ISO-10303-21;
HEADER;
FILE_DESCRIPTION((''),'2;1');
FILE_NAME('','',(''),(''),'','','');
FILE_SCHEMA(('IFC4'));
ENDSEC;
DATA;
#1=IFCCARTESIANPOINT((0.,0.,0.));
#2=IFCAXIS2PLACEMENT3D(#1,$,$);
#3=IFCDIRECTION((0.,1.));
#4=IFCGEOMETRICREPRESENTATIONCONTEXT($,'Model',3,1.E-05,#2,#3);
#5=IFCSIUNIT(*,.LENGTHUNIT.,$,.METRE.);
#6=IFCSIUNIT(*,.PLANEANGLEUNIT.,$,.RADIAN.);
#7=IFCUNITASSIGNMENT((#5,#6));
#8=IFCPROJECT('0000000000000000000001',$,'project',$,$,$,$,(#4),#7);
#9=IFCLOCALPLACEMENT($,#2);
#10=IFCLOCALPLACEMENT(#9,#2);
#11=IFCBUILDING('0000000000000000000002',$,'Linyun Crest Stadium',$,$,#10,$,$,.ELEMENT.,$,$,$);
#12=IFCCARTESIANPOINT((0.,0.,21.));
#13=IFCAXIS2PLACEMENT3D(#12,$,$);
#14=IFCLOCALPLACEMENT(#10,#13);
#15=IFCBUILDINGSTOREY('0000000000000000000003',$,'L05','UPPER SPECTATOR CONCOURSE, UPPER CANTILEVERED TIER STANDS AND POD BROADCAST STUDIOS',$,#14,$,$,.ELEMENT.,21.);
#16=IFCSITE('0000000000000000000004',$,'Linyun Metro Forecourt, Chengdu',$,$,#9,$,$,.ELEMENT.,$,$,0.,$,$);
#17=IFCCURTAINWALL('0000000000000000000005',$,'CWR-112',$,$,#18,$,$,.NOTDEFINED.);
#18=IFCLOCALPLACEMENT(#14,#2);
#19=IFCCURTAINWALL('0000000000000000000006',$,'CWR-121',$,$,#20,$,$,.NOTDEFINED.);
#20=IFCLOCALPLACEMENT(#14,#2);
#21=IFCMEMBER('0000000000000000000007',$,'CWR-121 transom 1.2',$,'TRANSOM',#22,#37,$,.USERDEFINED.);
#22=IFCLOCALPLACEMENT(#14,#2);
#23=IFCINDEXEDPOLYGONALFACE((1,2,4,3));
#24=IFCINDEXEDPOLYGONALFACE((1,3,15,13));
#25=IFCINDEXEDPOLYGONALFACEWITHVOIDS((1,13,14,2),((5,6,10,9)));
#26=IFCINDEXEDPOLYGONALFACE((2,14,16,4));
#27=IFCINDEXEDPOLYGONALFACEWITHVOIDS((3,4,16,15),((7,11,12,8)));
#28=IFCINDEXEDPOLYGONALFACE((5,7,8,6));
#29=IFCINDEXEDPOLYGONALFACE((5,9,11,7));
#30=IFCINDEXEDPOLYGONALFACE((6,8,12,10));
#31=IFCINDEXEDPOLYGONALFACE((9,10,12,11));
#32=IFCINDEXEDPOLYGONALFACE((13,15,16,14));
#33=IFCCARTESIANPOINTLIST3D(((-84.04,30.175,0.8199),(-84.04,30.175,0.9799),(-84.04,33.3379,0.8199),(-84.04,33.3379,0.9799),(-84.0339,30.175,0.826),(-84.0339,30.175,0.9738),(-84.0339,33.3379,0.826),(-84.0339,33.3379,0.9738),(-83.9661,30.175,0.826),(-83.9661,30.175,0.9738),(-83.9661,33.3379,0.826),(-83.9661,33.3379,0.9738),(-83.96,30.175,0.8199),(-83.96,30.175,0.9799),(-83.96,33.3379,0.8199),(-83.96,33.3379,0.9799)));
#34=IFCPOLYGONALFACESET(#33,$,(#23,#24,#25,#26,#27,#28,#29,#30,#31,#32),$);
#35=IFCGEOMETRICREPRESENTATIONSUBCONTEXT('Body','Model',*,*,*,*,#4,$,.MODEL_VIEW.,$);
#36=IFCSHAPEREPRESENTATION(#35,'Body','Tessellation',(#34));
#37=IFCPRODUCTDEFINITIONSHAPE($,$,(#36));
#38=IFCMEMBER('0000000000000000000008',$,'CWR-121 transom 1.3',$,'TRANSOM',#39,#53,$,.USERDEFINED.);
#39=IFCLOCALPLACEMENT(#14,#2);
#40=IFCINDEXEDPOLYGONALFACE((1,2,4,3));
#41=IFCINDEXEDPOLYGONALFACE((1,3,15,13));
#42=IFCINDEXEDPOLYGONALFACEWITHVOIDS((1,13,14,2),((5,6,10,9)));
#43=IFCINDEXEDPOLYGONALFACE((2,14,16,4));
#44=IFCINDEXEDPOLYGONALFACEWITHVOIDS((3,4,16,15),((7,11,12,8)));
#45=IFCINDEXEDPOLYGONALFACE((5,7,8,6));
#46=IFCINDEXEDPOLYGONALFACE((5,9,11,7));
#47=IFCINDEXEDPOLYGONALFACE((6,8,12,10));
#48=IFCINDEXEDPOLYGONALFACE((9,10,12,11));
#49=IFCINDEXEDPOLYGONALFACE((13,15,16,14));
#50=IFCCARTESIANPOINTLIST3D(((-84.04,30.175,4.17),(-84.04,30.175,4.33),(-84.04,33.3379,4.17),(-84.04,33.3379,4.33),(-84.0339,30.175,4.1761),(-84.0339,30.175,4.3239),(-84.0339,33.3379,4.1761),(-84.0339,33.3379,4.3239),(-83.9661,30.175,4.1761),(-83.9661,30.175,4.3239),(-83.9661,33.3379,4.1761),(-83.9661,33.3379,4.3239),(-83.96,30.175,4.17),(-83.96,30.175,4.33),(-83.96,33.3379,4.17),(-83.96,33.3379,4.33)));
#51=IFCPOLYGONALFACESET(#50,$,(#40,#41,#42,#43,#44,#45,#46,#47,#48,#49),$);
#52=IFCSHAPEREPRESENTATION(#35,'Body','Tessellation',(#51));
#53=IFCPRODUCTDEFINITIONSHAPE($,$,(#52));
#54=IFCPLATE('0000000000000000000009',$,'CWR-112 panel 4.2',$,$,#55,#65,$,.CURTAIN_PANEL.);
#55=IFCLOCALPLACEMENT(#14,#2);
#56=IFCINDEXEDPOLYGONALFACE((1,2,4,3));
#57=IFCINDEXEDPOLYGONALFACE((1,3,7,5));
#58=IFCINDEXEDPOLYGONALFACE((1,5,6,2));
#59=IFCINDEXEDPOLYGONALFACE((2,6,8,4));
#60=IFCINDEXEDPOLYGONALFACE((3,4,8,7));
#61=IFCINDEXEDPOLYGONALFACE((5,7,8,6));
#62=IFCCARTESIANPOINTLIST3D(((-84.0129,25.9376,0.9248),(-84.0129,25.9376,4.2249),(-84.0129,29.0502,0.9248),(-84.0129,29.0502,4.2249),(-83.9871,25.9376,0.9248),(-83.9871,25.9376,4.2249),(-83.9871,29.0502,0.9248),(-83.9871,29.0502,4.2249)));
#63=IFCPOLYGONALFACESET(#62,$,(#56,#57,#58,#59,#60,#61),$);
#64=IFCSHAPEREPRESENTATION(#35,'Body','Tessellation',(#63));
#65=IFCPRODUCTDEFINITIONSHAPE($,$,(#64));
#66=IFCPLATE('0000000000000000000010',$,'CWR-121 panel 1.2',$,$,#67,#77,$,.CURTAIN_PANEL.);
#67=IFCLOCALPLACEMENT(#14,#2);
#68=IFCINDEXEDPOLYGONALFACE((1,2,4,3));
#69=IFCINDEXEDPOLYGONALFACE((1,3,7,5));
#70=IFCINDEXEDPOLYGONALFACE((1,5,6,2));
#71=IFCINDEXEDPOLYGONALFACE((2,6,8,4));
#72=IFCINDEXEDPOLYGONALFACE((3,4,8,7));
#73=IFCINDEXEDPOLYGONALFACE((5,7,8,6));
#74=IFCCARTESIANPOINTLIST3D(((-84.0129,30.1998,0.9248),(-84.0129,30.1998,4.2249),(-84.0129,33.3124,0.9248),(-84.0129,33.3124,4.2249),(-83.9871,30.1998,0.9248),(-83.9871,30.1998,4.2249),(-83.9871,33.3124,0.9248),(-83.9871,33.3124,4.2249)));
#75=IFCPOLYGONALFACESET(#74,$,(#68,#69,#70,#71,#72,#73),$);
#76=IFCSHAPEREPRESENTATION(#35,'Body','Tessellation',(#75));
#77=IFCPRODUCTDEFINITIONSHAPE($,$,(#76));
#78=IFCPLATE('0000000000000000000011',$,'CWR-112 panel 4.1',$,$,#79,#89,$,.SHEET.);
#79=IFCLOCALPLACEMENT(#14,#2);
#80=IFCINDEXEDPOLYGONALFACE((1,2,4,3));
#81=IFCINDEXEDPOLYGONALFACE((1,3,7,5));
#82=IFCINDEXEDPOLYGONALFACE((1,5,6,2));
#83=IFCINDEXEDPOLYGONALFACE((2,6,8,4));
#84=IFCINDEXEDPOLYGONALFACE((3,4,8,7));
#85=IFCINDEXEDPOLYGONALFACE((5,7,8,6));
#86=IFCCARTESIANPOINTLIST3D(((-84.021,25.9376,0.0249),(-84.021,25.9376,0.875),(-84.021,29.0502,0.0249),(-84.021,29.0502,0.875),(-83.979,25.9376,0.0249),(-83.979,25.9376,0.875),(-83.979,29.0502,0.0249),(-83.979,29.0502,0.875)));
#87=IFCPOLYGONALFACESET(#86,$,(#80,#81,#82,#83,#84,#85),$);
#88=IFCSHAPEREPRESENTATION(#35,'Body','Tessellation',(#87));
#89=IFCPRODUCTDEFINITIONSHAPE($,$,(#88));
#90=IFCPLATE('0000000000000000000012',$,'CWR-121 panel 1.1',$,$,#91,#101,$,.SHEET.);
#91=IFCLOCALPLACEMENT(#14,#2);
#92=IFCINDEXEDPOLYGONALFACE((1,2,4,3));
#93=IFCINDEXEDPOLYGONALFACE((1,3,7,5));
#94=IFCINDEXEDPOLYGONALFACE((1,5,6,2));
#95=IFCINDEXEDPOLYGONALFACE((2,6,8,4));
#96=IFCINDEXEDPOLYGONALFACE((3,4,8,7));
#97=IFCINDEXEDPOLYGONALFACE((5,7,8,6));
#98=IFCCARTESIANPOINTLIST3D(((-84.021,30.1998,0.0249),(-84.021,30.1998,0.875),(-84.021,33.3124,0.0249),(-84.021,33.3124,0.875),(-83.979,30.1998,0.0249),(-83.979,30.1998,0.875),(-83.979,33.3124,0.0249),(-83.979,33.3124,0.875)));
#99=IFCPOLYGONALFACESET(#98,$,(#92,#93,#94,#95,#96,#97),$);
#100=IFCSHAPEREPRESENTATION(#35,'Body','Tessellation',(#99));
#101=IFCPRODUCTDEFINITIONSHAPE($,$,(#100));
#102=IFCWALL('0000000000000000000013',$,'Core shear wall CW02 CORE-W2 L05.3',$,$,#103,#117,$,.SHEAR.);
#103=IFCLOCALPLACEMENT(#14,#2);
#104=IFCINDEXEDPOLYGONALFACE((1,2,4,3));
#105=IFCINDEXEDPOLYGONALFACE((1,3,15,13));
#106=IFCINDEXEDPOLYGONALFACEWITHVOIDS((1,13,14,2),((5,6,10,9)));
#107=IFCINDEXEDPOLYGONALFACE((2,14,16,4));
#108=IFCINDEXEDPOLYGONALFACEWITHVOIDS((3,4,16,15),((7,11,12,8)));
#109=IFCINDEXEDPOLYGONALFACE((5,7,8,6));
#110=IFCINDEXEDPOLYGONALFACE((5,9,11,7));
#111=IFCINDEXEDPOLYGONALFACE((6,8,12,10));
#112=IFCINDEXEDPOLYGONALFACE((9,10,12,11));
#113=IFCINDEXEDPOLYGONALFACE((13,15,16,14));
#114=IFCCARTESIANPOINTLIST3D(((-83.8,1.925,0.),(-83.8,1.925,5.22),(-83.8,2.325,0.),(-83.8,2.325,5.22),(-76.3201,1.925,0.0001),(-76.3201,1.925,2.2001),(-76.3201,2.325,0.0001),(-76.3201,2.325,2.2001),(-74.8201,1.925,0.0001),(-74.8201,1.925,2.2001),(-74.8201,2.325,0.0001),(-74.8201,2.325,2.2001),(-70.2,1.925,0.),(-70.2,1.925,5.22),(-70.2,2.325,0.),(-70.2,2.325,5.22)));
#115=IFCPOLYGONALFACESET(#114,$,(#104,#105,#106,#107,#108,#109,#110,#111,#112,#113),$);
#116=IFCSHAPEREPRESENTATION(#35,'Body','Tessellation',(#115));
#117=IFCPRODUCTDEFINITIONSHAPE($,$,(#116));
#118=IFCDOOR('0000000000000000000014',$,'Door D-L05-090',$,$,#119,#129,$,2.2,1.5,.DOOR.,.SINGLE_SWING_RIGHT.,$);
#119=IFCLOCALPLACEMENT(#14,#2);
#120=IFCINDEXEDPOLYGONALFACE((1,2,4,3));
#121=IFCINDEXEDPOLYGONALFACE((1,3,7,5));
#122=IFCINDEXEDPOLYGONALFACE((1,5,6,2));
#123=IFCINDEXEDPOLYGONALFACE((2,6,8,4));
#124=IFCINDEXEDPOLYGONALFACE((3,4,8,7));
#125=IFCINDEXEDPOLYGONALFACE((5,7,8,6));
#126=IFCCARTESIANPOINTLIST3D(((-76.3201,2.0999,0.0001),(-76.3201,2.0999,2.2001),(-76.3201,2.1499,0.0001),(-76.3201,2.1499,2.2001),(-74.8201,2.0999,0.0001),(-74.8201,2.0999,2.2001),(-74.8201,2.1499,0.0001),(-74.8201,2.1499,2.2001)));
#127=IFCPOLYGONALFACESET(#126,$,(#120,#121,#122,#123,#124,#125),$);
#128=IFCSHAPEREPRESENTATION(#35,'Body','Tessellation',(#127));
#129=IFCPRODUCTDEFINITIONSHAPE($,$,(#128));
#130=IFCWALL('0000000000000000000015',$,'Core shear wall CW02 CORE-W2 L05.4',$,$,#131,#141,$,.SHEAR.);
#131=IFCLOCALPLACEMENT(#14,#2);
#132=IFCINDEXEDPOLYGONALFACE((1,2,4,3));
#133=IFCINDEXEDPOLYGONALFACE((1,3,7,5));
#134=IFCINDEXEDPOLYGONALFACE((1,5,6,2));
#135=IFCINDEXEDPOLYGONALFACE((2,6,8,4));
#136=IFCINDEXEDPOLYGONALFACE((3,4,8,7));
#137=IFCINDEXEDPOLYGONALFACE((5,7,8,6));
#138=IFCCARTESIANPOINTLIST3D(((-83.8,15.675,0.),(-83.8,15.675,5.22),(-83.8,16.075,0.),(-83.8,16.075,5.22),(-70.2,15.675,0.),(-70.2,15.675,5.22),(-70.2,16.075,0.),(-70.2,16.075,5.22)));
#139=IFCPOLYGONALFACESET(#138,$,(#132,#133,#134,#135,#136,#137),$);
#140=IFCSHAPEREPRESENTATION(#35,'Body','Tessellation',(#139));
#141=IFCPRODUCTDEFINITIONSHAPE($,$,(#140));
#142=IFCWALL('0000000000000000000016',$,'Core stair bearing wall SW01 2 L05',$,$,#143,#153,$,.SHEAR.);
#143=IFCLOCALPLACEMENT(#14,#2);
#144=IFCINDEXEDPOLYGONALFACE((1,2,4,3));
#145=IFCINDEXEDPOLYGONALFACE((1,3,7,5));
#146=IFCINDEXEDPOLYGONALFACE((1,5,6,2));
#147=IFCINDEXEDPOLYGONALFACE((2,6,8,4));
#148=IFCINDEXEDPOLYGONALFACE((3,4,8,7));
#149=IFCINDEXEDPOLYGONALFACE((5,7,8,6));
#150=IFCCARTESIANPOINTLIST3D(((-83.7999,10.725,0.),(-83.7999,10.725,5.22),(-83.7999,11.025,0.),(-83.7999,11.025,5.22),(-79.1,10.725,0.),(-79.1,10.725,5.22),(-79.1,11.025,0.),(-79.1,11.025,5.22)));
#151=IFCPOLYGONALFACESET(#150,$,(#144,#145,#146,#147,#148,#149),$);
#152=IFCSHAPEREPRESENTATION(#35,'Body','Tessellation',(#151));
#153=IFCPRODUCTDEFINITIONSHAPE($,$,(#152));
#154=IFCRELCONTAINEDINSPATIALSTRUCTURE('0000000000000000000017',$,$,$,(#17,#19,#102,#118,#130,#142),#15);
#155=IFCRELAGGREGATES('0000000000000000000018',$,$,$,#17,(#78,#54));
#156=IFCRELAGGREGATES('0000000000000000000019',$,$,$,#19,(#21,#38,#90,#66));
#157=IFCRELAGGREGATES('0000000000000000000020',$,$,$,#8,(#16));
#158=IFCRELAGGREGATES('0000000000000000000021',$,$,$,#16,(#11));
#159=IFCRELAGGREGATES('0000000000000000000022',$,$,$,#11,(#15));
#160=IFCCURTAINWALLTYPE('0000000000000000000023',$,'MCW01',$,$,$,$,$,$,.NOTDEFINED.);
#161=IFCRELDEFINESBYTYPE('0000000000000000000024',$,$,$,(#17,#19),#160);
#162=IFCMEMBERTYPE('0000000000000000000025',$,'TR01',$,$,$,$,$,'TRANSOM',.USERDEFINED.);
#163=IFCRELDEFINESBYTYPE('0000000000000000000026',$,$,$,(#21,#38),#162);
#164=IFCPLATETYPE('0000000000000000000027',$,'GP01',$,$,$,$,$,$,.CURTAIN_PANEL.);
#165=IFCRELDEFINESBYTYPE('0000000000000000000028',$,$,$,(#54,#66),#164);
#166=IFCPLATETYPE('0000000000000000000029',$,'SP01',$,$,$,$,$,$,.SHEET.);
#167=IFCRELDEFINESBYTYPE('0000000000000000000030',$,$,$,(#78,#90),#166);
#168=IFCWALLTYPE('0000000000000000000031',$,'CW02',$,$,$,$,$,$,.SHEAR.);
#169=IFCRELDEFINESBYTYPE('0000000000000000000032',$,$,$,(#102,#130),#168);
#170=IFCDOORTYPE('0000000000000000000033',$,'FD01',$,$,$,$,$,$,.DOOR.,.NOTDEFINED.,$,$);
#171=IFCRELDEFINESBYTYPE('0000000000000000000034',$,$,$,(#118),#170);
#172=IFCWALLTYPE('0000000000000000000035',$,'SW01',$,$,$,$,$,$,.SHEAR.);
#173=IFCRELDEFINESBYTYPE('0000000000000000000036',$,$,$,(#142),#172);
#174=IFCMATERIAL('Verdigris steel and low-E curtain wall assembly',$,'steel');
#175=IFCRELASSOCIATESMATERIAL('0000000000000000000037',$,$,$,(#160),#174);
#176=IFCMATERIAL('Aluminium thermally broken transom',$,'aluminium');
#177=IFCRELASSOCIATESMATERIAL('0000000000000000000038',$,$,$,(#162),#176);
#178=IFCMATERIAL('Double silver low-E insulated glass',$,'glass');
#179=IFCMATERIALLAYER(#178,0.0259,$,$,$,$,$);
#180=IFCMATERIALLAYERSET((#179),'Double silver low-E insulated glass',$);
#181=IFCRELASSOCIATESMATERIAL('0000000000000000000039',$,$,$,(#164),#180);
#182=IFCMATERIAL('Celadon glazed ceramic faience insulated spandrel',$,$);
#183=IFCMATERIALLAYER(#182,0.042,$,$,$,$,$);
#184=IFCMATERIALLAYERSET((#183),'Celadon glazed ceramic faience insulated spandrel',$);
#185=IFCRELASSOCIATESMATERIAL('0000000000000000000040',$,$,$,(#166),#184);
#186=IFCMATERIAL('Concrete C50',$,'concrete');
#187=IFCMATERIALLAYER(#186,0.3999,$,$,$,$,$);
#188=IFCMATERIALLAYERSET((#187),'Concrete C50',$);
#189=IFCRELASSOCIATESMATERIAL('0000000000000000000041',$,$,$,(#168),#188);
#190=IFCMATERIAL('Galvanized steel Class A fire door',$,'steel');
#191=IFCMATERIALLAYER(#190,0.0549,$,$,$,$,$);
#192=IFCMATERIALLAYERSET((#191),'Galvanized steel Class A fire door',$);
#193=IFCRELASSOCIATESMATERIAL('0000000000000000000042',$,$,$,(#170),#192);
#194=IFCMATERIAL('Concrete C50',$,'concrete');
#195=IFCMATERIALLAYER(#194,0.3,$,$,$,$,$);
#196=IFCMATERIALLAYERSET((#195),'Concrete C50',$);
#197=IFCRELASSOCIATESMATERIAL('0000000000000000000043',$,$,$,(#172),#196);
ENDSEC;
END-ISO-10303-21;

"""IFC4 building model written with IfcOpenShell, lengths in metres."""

from ifc_helpers import new_model, si_unit, direction, frame, frame_2d, origin, origin_2d, place, context, subcontext, project, spatial, rectangle, hollow_rectangle, extrude, material, layer, layer_set, material_profile, profile_set, type_object, element, fill, aggregate, save


model = new_model("IFC4")

# Units and contexts
model_context = context("Model", 3, precision=1e-05, world=origin(), true_north=direction((0.0, 1.0)))
body_context = subcontext(model_context, "Body", "Model", "MODEL_VIEW")
ifc_project = project(units=[si_unit("LENGTHUNIT", "METRE"), si_unit("PLANEANGLEUNIT", "RADIAN")], contexts=[model_context])

# Site, building, storey
site_placement = place(None, origin())
site = spatial("IfcSite", under=ifc_project, at=site_placement, Name="Linyun Metro Forecourt, Chengdu", CompositionType="ELEMENT", RefElevation=0.0)
building_placement = place(site_placement, origin())
building = spatial("IfcBuilding", under=site, at=building_placement, Name="Linyun Crest Stadium", CompositionType="ELEMENT")
storey_placement = place(building_placement, frame((0.0, 0.0, 21.0)))
storey = spatial("IfcBuildingStorey", under=building, at=storey_placement, Name="L05", Description="UPPER SPECTATOR CONCOURSE, UPPER CANTILEVERED TIER STANDS AND POD BROADCAST STUDIOS", CompositionType="ELEMENT", Elevation=21.0)

# Curtain walls
ifc_material_1 = material(Name="Verdigris steel and low-E curtain wall assembly", Category="steel")
curtain_wall_type = type_object("IfcCurtainWallType", Name="MCW01", PredefinedType="NOTDEFINED", material=ifc_material_1)
curtain_wall_1_placement = place(storey_placement, origin())
curtain_wall_1 = element("IfcCurtainWall", 1, at=curtain_wall_1_placement, inside=storey, type_object=curtain_wall_type, Name="CWR-112", PredefinedType="NOTDEFINED")
curtain_wall_2_placement = place(storey_placement, origin())
curtain_wall_2 = element("IfcCurtainWall", 2, at=curtain_wall_2_placement, inside=storey, type_object=curtain_wall_type, Name="CWR-121", PredefinedType="NOTDEFINED")

# Members
ifc_material_2 = material(Name="Aluminium thermally broken transom", Category="aluminium")
ifc_material_profile_1 = material_profile(ifc_material_2, hollow_rectangle(XDim=0.0801, YDim=0.1599, WallThickness=0.0061, at=origin_2d()), Name="RHS 160x80x6")
ifc_profile_set_1 = profile_set([ifc_material_profile_1], Name="Aluminium thermally broken transom")
member_type_1 = type_object("IfcMemberType", Name="TR01", ElementType="TRANSOM", PredefinedType="USERDEFINED", material=ifc_profile_set_1)
member_1_placement = place(storey_placement, frame((-84.0, 30.175, 0.8999), z_axis=(0.0, 1.0, 0.0), x_axis=(-1.0, 0.0, 0.0)))
member_1 = element("IfcMember", 3, at=member_1_placement, type_object=member_type_1, Name="CWR-121 transom 1.2", ObjectType="TRANSOM", PredefinedType="USERDEFINED", context=body_context, shape_type="SweptSolid", body=[
    extrude(hollow_rectangle(XDim=0.0801, YDim=0.1599, WallThickness=0.0061, at=origin_2d()), origin(), (0.0, 0.0, 1.0), 3.1628),
])
member_2_placement = place(storey_placement, frame((-84.0, 30.175, 4.25), z_axis=(0.0, 1.0, 0.0), x_axis=(-1.0, 0.0, 0.0)))
member_2 = element("IfcMember", 4, at=member_2_placement, type_object=member_type_1, Name="CWR-121 transom 1.3", ObjectType="TRANSOM", PredefinedType="USERDEFINED", context=body_context, shape_type="SweptSolid", body=[
    extrude(hollow_rectangle(XDim=0.0801, YDim=0.1599, WallThickness=0.0061, at=origin_2d()), origin(), (0.0, 0.0, 1.0), 3.1628),
])

# Plates
ifc_material_3 = material(Name="Double silver low-E insulated glass", Category="glass")
ifc_layer_1 = layer(ifc_material_3, 0.0259)
ifc_layer_set_1 = layer_set([ifc_layer_1], Name="Double silver low-E insulated glass")
plate_type_1 = type_object("IfcPlateType", Name="GP01", PredefinedType="CURTAIN_PANEL", material=ifc_layer_set_1)
plate_1_placement = place(storey_placement, frame((-84.0, 27.4939, 0.9248), z_axis=(0.0, 0.0, 1.0), x_axis=(0.0, 1.0, 0.0)))
plate_1 = element("IfcPlate", 5, at=plate_1_placement, type_object=plate_type_1, Name="CWR-112 panel 4.2", PredefinedType="CURTAIN_PANEL", context=body_context, shape_type="SweptSolid", body=[
    extrude(rectangle(XDim=3.1125, YDim=0.0259, at=origin_2d()), origin(), (0.0, 0.0, 1.0), 3.3),
])
plate_2_placement = place(storey_placement, frame((-84.0, 31.7561, 0.9248), z_axis=(0.0, 0.0, 1.0), x_axis=(0.0, 1.0, 0.0)))
plate_2 = element("IfcPlate", 6, at=plate_2_placement, type_object=plate_type_1, Name="CWR-121 panel 1.2", PredefinedType="CURTAIN_PANEL", context=body_context, shape_type="SweptSolid", body=[
    extrude(rectangle(XDim=3.1125, YDim=0.0259, at=origin_2d()), origin(), (0.0, 0.0, 1.0), 3.3),
])
ifc_material_4 = material(Name="Celadon glazed ceramic faience insulated spandrel")
ifc_layer_2 = layer(ifc_material_4, 0.042)
ifc_layer_set_2 = layer_set([ifc_layer_2], Name="Celadon glazed ceramic faience insulated spandrel")
plate_type_2 = type_object("IfcPlateType", Name="SP01", PredefinedType="SHEET", material=ifc_layer_set_2)
plate_3_placement = place(storey_placement, frame((-84.0, 27.4939, 0.0249), z_axis=(0.0, 0.0, 1.0), x_axis=(0.0, 1.0, 0.0)))
plate_3 = element("IfcPlate", 7, at=plate_3_placement, type_object=plate_type_2, Name="CWR-112 panel 4.1", PredefinedType="SHEET", context=body_context, shape_type="SweptSolid", body=[
    extrude(rectangle(XDim=3.1125, YDim=0.042, at=origin_2d()), origin(), (0.0, 0.0, 1.0), 0.8501),
])
aggregate(curtain_wall_1, [plate_3, plate_1])
plate_4_placement = place(storey_placement, frame((-84.0, 31.7561, 0.0249), z_axis=(0.0, 0.0, 1.0), x_axis=(0.0, 1.0, 0.0)))
plate_4 = element("IfcPlate", 8, at=plate_4_placement, type_object=plate_type_2, Name="CWR-121 panel 1.1", PredefinedType="SHEET", context=body_context, shape_type="SweptSolid", body=[
    extrude(rectangle(XDim=3.1125, YDim=0.042, at=origin_2d()), origin(), (0.0, 0.0, 1.0), 0.8501),
])
aggregate(curtain_wall_2, [member_1, member_2, plate_4, plate_2])

# Wall, opening, door
ifc_material_5 = material(Name="Concrete C50", Category="concrete")
ifc_layer_3 = layer(ifc_material_5, 0.3999)
ifc_layer_set_3 = layer_set([ifc_layer_3], Name="Concrete C50")
wall_type_1 = type_object("IfcWallType", Name="CW02", PredefinedType="SHEAR", material=ifc_layer_set_3)
wall_1_placement = place(storey_placement, frame((-83.8, 2.125, 0.0), z_axis=(0.0, 0.0, 1.0), x_axis=(1.0, 0.0, 0.0)))
wall_1 = element("IfcWall", 9, at=wall_1_placement, inside=storey, type_object=wall_type_1, Name="Core shear wall CW02 CORE-W2 L05.3", PredefinedType="SHEAR", context=body_context, shape_type="SweptSolid", body=[
    extrude(rectangle(XDim=13.6001, YDim=0.3999, at=frame_2d((6.8, 0.0))), origin(), (0.0, 0.0, 1.0), 5.22),
])
opening_placement = place(wall_1_placement, frame((7.48, 0.0, 0.0)))
opening = element("IfcOpeningElement", 10, at=opening_placement, cuts=wall_1, PredefinedType="OPENING", context=body_context, shape_type="SweptSolid", body=[
    extrude(rectangle(XDim=1.5, YDim=2.2, at=frame_2d((0.75, 1.1001))), frame((0.0, 0.21, 0.0), z_axis=(0.0, -1.0, 0.0), x_axis=(1.0, 0.0, 0.0)), (0.0, 0.0, 1.0), 0.4199),
])
ifc_material_6 = material(Name="Galvanized steel Class A fire door", Category="steel")
ifc_layer_4 = layer(ifc_material_6, 0.0549)
ifc_layer_set_4 = layer_set([ifc_layer_4], Name="Galvanized steel Class A fire door")
door_type = type_object("IfcDoorType", Name="FD01", OperationType="NOTDEFINED", PredefinedType="DOOR", material=ifc_layer_set_4)
door_placement = place(opening_placement, origin())
door = element("IfcDoor", 11, at=door_placement, inside=storey, type_object=door_type, Name="Door D-L05-090", OperationType="SINGLE_SWING_RIGHT", OverallHeight=2.2, OverallWidth=1.5, PredefinedType="DOOR", context=body_context, shape_type="SweptSolid", body=[
    extrude(rectangle(XDim=1.5, YDim=2.2, at=frame_2d((0.75, 1.1001))), frame((0.0, 0.0249, 0.0), z_axis=(0.0, -1.0, 0.0), x_axis=(1.0, 0.0, 0.0)), (0.0, 0.0, 1.0), 0.05),
])
fill(opening, door)

# Walls
wall_2_placement = place(storey_placement, frame((-83.8, 15.875, 0.0), z_axis=(0.0, 0.0, 1.0), x_axis=(1.0, 0.0, 0.0)))
element("IfcWall", 12, at=wall_2_placement, inside=storey, type_object=wall_type_1, Name="Core shear wall CW02 CORE-W2 L05.4", PredefinedType="SHEAR", context=body_context, shape_type="SweptSolid", body=[
    extrude(rectangle(XDim=13.6001, YDim=0.3999, at=frame_2d((6.8, 0.0))), origin(), (0.0, 0.0, 1.0), 5.22),
])
ifc_material_7 = material(Name="Concrete C50", Category="concrete")
ifc_layer_5 = layer(ifc_material_7, 0.3)
ifc_layer_set_5 = layer_set([ifc_layer_5], Name="Concrete C50")
wall_type_2 = type_object("IfcWallType", Name="SW01", PredefinedType="SHEAR", material=ifc_layer_set_5)
wall_3_placement = place(storey_placement, frame((-83.8, 10.875, 0.0), z_axis=(0.0, 0.0, 1.0), x_axis=(1.0, 0.0, 0.0)))
element("IfcWall", 13, at=wall_3_placement, inside=storey, type_object=wall_type_2, Name="Core stair bearing wall SW01 2 L05", PredefinedType="SHEAR", context=body_context, shape_type="SweptSolid", body=[
    extrude(rectangle(XDim=4.7, YDim=0.3, at=frame_2d((2.3501, 0.0))), origin(), (0.0, 0.0, 1.0), 5.22),
])

save(model, "model.ifc")
